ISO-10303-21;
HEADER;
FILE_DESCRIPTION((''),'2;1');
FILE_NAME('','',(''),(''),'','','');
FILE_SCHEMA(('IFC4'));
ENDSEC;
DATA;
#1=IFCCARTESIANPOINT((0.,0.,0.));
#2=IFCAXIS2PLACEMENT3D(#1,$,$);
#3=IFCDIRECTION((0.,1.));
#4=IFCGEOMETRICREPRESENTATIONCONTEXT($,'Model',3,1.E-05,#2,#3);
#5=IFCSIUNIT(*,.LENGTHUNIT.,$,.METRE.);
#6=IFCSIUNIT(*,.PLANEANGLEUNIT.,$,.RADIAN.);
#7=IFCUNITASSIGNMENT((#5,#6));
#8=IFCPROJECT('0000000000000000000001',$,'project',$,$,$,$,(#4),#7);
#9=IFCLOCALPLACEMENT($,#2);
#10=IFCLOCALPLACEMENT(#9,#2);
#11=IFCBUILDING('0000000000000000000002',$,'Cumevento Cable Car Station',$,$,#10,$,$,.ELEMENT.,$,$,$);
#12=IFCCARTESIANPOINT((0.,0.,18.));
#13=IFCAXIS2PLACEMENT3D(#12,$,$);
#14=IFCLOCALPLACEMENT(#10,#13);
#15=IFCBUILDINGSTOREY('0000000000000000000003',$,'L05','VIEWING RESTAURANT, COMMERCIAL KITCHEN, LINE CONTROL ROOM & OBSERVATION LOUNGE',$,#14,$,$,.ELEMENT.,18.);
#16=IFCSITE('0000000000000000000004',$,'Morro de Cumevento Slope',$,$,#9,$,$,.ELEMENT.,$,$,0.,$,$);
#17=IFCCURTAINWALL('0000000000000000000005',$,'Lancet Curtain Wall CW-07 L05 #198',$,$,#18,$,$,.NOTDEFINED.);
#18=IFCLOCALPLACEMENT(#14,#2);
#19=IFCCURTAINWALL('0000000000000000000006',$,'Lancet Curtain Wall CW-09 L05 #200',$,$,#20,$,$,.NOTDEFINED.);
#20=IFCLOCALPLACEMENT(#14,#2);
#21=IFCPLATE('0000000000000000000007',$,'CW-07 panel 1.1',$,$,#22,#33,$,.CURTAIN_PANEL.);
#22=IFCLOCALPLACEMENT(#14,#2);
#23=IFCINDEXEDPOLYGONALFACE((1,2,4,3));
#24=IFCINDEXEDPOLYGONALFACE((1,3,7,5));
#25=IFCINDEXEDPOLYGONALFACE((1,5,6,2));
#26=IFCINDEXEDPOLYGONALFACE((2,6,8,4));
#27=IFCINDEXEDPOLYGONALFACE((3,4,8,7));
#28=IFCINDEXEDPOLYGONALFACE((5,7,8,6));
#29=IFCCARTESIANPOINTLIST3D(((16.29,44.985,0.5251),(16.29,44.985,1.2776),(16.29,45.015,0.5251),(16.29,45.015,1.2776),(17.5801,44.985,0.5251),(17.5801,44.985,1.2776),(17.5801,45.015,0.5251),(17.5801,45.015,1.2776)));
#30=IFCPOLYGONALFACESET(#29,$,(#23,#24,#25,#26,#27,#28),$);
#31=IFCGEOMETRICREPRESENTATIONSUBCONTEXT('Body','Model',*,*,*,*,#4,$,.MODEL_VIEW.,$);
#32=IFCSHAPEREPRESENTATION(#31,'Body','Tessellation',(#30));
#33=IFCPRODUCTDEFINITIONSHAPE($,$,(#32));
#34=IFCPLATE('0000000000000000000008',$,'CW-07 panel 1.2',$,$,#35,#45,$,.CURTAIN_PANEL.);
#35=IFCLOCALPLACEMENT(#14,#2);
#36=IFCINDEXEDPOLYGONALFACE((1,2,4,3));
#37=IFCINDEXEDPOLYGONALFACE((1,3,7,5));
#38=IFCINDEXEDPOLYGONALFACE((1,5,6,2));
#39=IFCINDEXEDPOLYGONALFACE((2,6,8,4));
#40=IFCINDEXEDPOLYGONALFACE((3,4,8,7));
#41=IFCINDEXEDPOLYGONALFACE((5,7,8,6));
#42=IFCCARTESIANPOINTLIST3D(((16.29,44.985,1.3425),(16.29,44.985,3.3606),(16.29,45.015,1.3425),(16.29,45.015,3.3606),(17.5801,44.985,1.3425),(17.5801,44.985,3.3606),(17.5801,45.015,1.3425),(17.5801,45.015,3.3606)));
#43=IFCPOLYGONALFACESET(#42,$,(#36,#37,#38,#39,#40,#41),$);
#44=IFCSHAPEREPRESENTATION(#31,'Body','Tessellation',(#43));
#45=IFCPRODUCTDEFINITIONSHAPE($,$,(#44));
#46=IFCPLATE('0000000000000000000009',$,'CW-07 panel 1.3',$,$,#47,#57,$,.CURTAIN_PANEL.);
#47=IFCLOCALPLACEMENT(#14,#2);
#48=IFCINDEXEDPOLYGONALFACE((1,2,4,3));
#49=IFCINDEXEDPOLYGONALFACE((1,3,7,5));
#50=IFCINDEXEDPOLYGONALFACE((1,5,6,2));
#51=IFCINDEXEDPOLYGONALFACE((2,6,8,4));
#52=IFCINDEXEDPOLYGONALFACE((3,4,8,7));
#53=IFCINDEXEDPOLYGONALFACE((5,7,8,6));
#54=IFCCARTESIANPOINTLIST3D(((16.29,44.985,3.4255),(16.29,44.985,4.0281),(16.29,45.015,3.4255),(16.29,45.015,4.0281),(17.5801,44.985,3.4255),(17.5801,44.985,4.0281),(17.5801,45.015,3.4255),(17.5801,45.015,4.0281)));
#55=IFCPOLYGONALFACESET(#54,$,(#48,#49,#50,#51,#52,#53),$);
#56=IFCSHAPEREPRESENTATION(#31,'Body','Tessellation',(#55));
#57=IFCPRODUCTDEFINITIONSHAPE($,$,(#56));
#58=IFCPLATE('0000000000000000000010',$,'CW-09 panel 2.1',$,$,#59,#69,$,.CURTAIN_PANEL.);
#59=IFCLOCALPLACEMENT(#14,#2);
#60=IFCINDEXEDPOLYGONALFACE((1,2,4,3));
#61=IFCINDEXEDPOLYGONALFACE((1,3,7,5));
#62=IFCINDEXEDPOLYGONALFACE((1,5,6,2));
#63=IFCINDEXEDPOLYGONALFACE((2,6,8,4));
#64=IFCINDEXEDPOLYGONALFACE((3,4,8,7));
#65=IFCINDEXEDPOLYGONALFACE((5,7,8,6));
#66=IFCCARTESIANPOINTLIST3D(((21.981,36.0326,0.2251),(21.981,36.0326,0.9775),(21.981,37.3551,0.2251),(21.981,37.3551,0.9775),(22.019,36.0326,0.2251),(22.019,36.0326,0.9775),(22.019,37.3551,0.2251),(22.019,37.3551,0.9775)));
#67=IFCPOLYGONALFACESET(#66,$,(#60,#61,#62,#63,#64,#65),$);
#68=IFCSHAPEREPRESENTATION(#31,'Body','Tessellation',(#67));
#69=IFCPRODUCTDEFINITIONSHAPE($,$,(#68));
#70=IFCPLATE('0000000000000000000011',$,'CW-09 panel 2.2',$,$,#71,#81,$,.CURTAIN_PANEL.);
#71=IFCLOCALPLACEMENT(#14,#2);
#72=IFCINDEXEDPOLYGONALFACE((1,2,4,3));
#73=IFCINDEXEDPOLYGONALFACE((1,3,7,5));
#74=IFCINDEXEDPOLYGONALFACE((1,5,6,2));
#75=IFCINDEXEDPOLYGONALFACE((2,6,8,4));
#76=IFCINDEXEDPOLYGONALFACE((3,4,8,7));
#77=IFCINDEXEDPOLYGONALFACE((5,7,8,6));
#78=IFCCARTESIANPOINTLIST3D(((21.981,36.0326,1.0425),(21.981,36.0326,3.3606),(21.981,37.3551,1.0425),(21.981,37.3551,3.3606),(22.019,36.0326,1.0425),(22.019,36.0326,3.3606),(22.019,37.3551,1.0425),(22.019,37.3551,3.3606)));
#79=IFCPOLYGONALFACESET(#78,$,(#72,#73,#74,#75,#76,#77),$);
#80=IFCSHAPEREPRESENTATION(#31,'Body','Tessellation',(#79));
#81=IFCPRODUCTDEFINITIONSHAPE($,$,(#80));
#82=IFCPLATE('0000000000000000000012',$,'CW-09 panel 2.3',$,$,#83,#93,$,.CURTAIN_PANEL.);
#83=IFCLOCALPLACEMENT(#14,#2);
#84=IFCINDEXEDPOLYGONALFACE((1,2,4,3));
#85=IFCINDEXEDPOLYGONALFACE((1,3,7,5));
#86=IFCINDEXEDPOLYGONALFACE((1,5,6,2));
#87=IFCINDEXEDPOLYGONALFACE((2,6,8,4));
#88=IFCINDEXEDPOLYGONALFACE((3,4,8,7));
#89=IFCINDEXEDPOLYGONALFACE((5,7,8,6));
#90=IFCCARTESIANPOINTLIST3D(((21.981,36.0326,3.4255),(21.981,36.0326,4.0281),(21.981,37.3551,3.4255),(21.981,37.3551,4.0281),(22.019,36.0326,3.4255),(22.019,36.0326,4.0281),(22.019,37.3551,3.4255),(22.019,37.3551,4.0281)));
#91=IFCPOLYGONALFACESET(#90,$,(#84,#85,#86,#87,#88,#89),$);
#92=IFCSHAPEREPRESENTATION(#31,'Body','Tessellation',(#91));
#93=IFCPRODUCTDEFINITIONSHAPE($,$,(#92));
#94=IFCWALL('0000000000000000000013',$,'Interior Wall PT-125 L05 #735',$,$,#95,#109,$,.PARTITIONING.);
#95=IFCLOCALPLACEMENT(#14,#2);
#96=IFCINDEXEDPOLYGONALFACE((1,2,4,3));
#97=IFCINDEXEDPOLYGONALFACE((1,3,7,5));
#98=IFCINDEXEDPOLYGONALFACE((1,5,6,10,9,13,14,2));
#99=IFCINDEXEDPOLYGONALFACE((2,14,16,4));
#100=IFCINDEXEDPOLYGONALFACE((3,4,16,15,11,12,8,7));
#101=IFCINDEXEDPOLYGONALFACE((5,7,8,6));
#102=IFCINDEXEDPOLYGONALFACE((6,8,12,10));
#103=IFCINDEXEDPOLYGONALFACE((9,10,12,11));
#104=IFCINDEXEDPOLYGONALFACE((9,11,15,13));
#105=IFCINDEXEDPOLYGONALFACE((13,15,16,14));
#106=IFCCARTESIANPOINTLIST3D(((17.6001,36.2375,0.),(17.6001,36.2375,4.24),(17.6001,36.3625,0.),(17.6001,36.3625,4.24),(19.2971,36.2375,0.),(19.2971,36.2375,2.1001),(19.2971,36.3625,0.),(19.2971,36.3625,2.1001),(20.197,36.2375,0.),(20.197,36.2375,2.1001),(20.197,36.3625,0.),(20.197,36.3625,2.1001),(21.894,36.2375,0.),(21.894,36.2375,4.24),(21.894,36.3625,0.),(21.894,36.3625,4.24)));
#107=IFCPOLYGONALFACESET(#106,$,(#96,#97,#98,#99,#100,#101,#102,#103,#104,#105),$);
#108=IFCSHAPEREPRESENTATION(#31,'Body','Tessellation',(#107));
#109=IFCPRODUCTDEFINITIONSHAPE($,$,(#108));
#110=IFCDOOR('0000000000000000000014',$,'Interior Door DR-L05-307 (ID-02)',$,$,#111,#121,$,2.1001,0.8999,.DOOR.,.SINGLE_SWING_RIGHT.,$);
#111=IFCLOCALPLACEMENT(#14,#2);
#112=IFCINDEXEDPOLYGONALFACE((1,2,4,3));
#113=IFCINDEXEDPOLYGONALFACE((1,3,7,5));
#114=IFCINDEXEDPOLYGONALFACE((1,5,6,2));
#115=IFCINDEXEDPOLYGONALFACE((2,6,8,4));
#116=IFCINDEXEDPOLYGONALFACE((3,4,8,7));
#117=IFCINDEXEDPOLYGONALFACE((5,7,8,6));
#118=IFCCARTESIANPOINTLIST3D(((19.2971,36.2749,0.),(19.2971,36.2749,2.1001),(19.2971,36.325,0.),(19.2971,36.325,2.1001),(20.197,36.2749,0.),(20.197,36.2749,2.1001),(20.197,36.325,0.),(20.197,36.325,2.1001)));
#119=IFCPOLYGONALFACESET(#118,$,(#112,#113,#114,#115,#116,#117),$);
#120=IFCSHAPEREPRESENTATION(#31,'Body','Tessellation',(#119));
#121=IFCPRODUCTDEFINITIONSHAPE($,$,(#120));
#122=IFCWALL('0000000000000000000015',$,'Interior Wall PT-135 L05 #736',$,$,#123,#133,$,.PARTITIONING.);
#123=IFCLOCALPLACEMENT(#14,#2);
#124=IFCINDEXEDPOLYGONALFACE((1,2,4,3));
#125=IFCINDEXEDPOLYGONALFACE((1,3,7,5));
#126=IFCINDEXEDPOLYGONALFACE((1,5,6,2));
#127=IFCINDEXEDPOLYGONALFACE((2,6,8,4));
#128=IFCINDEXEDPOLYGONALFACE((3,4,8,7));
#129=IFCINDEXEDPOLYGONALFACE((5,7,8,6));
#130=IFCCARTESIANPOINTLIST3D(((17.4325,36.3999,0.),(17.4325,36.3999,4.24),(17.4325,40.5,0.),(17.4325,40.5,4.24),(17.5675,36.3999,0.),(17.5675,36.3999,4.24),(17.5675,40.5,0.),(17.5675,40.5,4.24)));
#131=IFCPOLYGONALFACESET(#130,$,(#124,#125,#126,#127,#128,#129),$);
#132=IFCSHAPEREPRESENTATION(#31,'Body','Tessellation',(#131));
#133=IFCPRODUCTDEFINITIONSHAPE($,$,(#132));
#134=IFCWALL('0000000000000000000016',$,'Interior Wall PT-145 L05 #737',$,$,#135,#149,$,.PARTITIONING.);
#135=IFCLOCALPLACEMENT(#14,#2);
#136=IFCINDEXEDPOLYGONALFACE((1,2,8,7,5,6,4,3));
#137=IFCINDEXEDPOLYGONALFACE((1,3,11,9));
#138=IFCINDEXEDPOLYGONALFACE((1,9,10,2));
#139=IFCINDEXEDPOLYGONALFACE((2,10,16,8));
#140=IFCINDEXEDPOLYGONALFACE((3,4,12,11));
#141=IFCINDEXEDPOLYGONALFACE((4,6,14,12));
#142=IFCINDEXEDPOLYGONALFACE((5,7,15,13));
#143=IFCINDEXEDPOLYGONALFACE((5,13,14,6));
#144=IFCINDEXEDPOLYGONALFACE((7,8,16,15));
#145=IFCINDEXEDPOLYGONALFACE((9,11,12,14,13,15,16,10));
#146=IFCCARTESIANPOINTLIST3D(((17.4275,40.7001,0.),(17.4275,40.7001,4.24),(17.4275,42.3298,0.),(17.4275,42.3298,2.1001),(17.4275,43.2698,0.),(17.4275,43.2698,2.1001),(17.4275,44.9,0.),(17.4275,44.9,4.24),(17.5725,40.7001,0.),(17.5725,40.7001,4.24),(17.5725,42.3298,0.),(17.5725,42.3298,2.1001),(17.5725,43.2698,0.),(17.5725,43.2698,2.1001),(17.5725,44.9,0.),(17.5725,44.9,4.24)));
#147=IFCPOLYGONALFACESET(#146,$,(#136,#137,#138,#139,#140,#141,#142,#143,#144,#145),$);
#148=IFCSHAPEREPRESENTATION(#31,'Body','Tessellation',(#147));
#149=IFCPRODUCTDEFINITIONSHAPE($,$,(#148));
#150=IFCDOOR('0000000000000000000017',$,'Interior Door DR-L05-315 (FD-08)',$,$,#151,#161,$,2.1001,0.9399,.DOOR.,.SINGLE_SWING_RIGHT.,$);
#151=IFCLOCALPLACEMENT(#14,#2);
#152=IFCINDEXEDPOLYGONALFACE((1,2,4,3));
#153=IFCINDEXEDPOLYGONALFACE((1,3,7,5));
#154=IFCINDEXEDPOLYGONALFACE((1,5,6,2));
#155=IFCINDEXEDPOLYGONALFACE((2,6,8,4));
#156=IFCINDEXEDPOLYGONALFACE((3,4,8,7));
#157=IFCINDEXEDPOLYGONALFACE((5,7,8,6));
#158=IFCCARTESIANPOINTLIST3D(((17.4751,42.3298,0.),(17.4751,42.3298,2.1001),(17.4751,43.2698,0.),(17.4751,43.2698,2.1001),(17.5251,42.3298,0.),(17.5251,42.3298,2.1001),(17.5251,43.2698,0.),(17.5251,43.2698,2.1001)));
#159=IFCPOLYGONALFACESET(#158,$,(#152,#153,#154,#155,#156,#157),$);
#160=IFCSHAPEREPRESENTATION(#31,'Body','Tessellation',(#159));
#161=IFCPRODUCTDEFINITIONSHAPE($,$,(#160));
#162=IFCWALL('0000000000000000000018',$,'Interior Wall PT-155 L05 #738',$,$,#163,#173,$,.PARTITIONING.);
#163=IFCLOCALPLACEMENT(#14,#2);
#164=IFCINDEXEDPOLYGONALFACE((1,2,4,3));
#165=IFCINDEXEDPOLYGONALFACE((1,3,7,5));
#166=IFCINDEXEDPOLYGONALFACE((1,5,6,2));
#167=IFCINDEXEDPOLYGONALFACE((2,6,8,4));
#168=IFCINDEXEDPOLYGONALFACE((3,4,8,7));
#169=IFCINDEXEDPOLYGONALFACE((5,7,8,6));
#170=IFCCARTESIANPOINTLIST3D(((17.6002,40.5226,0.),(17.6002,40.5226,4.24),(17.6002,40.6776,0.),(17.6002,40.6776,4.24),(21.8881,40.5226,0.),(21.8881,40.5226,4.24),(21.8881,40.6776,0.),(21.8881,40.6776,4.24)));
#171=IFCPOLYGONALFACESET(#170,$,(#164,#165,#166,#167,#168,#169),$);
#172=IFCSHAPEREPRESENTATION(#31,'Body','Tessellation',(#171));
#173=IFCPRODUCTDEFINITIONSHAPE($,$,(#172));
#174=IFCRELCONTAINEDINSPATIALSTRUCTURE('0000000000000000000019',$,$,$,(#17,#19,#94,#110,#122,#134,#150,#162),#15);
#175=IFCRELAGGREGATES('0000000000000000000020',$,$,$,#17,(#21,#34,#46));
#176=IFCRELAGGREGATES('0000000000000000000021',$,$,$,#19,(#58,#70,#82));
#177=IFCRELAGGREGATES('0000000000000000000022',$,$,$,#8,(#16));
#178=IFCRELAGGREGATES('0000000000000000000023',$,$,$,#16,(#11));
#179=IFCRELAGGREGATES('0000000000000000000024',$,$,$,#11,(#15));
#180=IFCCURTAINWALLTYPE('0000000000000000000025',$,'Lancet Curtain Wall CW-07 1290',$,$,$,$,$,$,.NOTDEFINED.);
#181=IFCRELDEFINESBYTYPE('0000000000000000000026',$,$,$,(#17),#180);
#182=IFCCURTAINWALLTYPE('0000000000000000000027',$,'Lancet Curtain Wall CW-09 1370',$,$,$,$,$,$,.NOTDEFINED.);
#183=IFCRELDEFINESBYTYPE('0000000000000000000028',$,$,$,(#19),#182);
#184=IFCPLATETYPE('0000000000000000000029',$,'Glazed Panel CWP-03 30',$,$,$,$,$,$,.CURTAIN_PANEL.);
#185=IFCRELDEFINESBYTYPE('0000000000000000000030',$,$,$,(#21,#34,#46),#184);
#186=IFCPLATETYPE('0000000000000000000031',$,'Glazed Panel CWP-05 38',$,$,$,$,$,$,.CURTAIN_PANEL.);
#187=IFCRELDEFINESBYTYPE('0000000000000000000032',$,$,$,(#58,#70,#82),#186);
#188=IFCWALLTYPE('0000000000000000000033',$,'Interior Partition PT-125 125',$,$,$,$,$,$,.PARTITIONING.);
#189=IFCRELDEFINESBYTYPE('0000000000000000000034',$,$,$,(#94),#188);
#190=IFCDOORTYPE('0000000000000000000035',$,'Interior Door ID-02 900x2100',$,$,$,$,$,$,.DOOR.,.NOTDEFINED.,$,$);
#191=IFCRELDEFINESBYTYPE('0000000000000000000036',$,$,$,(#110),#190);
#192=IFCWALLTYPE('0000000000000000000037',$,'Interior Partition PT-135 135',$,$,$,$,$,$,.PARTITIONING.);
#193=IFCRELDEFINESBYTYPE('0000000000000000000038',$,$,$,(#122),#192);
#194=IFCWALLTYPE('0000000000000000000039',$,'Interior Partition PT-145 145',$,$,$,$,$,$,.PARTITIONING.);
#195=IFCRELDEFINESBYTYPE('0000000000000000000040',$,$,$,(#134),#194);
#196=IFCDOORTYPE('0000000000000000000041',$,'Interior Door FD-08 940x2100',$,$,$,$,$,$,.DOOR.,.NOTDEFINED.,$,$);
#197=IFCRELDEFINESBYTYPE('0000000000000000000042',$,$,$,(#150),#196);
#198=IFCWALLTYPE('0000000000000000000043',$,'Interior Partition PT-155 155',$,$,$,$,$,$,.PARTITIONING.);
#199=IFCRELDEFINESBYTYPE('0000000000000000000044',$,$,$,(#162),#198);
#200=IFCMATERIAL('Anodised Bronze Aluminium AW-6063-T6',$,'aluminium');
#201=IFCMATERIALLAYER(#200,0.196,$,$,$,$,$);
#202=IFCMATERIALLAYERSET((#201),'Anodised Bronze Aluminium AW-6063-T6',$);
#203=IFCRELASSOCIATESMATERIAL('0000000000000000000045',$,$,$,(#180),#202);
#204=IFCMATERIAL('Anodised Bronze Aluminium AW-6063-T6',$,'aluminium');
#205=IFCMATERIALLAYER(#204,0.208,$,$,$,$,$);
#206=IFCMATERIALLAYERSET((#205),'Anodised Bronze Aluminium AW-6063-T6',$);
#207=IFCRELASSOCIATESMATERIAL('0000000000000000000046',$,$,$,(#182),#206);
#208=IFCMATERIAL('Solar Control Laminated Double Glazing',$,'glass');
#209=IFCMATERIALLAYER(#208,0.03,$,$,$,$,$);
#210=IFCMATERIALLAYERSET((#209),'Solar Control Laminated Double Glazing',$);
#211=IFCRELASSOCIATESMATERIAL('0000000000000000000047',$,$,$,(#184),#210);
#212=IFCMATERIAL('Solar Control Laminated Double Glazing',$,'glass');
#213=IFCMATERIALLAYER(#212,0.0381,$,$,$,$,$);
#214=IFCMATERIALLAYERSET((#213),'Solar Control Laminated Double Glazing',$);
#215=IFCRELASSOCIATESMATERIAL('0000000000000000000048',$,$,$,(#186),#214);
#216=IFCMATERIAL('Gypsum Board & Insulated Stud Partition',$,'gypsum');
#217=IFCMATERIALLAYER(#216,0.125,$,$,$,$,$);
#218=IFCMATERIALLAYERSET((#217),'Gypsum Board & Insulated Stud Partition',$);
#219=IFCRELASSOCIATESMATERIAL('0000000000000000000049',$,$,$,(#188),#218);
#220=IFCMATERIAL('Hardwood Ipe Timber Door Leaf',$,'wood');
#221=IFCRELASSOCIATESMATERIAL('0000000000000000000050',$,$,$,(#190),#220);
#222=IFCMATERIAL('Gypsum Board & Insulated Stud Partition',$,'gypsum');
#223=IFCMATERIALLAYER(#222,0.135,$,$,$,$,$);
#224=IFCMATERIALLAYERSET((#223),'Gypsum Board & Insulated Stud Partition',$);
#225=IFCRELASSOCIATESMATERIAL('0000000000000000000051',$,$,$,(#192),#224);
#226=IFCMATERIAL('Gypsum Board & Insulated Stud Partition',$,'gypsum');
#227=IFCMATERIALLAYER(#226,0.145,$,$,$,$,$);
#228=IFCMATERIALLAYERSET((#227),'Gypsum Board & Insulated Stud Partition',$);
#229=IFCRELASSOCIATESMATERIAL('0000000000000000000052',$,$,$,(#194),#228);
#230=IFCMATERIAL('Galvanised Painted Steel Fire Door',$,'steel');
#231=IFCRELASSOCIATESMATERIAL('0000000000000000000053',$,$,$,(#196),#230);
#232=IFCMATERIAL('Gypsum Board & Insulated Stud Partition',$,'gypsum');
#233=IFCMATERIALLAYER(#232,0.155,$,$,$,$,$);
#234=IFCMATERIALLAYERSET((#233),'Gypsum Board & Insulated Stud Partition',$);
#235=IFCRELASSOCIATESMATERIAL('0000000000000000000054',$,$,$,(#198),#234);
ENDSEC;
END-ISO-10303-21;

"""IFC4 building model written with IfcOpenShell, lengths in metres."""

from ifc_helpers import new_model, si_unit, direction, frame, frame_2d, origin, origin_2d, place, context, subcontext, project, spatial, rectangle, extrude, material, layer, layer_set, type_object, element, fill, aggregate, save


model = new_model("IFC4")

# Units and contexts
model_context = context("Model", 3, precision=1e-05, world=origin(), true_north=direction((0.0, 1.0)))
body_context = subcontext(model_context, "Body", "Model", "MODEL_VIEW")
ifc_project = project(units=[si_unit("LENGTHUNIT", "METRE"), si_unit("PLANEANGLEUNIT", "RADIAN")], contexts=[model_context])

# Site, building, storey
site_placement = place(None, origin())
site = spatial("IfcSite", under=ifc_project, at=site_placement, Name="Morro de Cumevento Slope", CompositionType="ELEMENT", RefElevation=0.0)
building_placement = place(site_placement, origin())
building = spatial("IfcBuilding", under=site, at=building_placement, Name="Cumevento Cable Car Station", CompositionType="ELEMENT")
storey_placement = place(building_placement, frame((0.0, 0.0, 18.0)))
storey = spatial("IfcBuildingStorey", under=building, at=storey_placement, Name="L05", Description="VIEWING RESTAURANT, COMMERCIAL KITCHEN, LINE CONTROL ROOM & OBSERVATION LOUNGE", CompositionType="ELEMENT", Elevation=18.0)

# Curtain walls
ifc_material_1 = material(Name="Anodised Bronze Aluminium AW-6063-T6", Category="aluminium")
ifc_layer_1 = layer(ifc_material_1, 0.196)
ifc_layer_set_1 = layer_set([ifc_layer_1], Name="Anodised Bronze Aluminium AW-6063-T6")
curtain_wall_type_1 = type_object("IfcCurtainWallType", Name="Lancet Curtain Wall CW-07 1290", PredefinedType="NOTDEFINED", material=ifc_layer_set_1)
curtain_wall_1_placement = place(storey_placement, origin())
curtain_wall_1 = element("IfcCurtainWall", 1, at=curtain_wall_1_placement, inside=storey, type_object=curtain_wall_type_1, Name="Lancet Curtain Wall CW-07 L05 #198", PredefinedType="NOTDEFINED")
ifc_material_2 = material(Name="Anodised Bronze Aluminium AW-6063-T6", Category="aluminium")
ifc_layer_2 = layer(ifc_material_2, 0.208)
ifc_layer_set_2 = layer_set([ifc_layer_2], Name="Anodised Bronze Aluminium AW-6063-T6")
curtain_wall_type_2 = type_object("IfcCurtainWallType", Name="Lancet Curtain Wall CW-09 1370", PredefinedType="NOTDEFINED", material=ifc_layer_set_2)
curtain_wall_2_placement = place(storey_placement, origin())
curtain_wall_2 = element("IfcCurtainWall", 2, at=curtain_wall_2_placement, inside=storey, type_object=curtain_wall_type_2, Name="Lancet Curtain Wall CW-09 L05 #200", PredefinedType="NOTDEFINED")

# Plates
ifc_material_3 = material(Name="Solar Control Laminated Double Glazing", Category="glass")
ifc_layer_3 = layer(ifc_material_3, 0.03)
ifc_layer_set_3 = layer_set([ifc_layer_3], Name="Solar Control Laminated Double Glazing")
plate_type_1 = type_object("IfcPlateType", Name="Glazed Panel CWP-03 30", PredefinedType="CURTAIN_PANEL", material=ifc_layer_set_3)
plate_1_placement = place(storey_placement, frame((16.9351, 45.0, 0.5251), z_axis=(0.0, 0.0, 1.0), x_axis=(1.0, 0.0, 0.0)))
plate_1 = element("IfcPlate", 3, at=plate_1_placement, type_object=plate_type_1, Name="CW-07 panel 1.1", PredefinedType="CURTAIN_PANEL", context=body_context, shape_type="SweptSolid", body=[
    extrude(rectangle(XDim=1.29, YDim=0.03, at=origin_2d()), origin(), (0.0, 0.0, 1.0), 0.7524),
])
plate_2_placement = place(storey_placement, frame((16.9351, 45.0, 1.3425), z_axis=(0.0, 0.0, 1.0), x_axis=(1.0, 0.0, 0.0)))
plate_2 = element("IfcPlate", 4, at=plate_2_placement, type_object=plate_type_1, Name="CW-07 panel 1.2", PredefinedType="CURTAIN_PANEL", context=body_context, shape_type="SweptSolid", body=[
    extrude(rectangle(XDim=1.29, YDim=0.03, at=origin_2d()), origin(), (0.0, 0.0, 1.0), 2.0181),
])
plate_3_placement = place(storey_placement, frame((16.9351, 45.0, 3.4255), z_axis=(0.0, 0.0, 1.0), x_axis=(1.0, 0.0, 0.0)))
plate_3 = element("IfcPlate", 5, at=plate_3_placement, type_object=plate_type_1, Name="CW-07 panel 1.3", PredefinedType="CURTAIN_PANEL", context=body_context, shape_type="SweptSolid", body=[
    extrude(rectangle(XDim=1.29, YDim=0.03, at=origin_2d()), origin(), (0.0, 0.0, 1.0), 0.6025),
])
aggregate(curtain_wall_1, [plate_1, plate_2, plate_3])
ifc_material_4 = material(Name="Solar Control Laminated Double Glazing", Category="glass")
ifc_layer_4 = layer(ifc_material_4, 0.0381)
ifc_layer_set_4 = layer_set([ifc_layer_4], Name="Solar Control Laminated Double Glazing")
plate_type_2 = type_object("IfcPlateType", Name="Glazed Panel CWP-05 38", PredefinedType="CURTAIN_PANEL", material=ifc_layer_set_4)
plate_4_placement = place(storey_placement, frame((22.0, 36.6938, 0.2251), z_axis=(0.0, 0.0, 1.0), x_axis=(0.0, -1.0, 0.0)))
plate_4 = element("IfcPlate", 6, at=plate_4_placement, type_object=plate_type_2, Name="CW-09 panel 2.1", PredefinedType="CURTAIN_PANEL", context=body_context, shape_type="SweptSolid", body=[
    extrude(rectangle(XDim=1.3225, YDim=0.0381, at=origin_2d()), origin(), (0.0, 0.0, 1.0), 0.7524),
])
plate_5_placement = place(storey_placement, frame((22.0, 36.6938, 1.0425), z_axis=(0.0, 0.0, 1.0), x_axis=(0.0, -1.0, 0.0)))
plate_5 = element("IfcPlate", 7, at=plate_5_placement, type_object=plate_type_2, Name="CW-09 panel 2.2", PredefinedType="CURTAIN_PANEL", context=body_context, shape_type="SweptSolid", body=[
    extrude(rectangle(XDim=1.3225, YDim=0.0381, at=origin_2d()), origin(), (0.0, 0.0, 1.0), 2.3181),
])
plate_6_placement = place(storey_placement, frame((22.0, 36.6938, 3.4255), z_axis=(0.0, 0.0, 1.0), x_axis=(0.0, -1.0, 0.0)))
plate_6 = element("IfcPlate", 8, at=plate_6_placement, type_object=plate_type_2, Name="CW-09 panel 2.3", PredefinedType="CURTAIN_PANEL", context=body_context, shape_type="SweptSolid", body=[
    extrude(rectangle(XDim=1.3225, YDim=0.0381, at=origin_2d()), origin(), (0.0, 0.0, 1.0), 0.6025),
])
aggregate(curtain_wall_2, [plate_4, plate_5, plate_6])

# Wall, opening, door
ifc_material_5 = material(Name="Gypsum Board & Insulated Stud Partition", Category="gypsum")
ifc_layer_5 = layer(ifc_material_5, 0.125)
ifc_layer_set_5 = layer_set([ifc_layer_5], Name="Gypsum Board & Insulated Stud Partition")
wall_type_1 = type_object("IfcWallType", Name="Interior Partition PT-125 125", PredefinedType="PARTITIONING", material=ifc_layer_set_5)
wall_1_placement = place(storey_placement, frame((17.6001, 36.3, 0.0), z_axis=(0.0, 0.0, 1.0), x_axis=(1.0, 0.0, 0.0)))
wall_1 = element("IfcWall", 9, at=wall_1_placement, inside=storey, type_object=wall_type_1, Name="Interior Wall PT-125 L05 #735", PredefinedType="PARTITIONING", context=body_context, shape_type="SweptSolid", body=[
    extrude(rectangle(XDim=4.2939, YDim=0.125, at=frame_2d((2.147, 0.0))), origin(), (0.0, 0.0, 1.0), 4.24),
])
opening_1_placement = place(wall_1_placement, frame((1.697, 0.0, 0.0)))
opening_1 = element("IfcOpeningElement", 10, at=opening_1_placement, cuts=wall_1, PredefinedType="OPENING", context=body_context, shape_type="SweptSolid", body=[
    extrude(rectangle(XDim=0.8999, YDim=2.1001, at=frame_2d((0.45, 1.05))), frame((0.0, 0.0725, 0.0), z_axis=(0.0, -1.0, 0.0), x_axis=(1.0, 0.0, 0.0)), (0.0, 0.0, 1.0), 0.145),
])
ifc_material_6 = material(Name="Hardwood Ipe Timber Door Leaf", Category="wood")
door_type_1 = type_object("IfcDoorType", Name="Interior Door ID-02 900x2100", OperationType="NOTDEFINED", PredefinedType="DOOR", material=ifc_material_6)
door_1_placement = place(opening_1_placement, origin())
door_1 = element("IfcDoor", 11, at=door_1_placement, inside=storey, type_object=door_type_1, Name="Interior Door DR-L05-307 (ID-02)", OperationType="SINGLE_SWING_RIGHT", OverallHeight=2.1001, OverallWidth=0.8999, PredefinedType="DOOR", context=body_context, shape_type="SweptSolid", body=[
    extrude(rectangle(XDim=0.8999, YDim=2.1001, at=frame_2d((0.45, 1.05))), frame((0.0, 0.0249, 0.0), z_axis=(0.0, -1.0, 0.0), x_axis=(1.0, 0.0, 0.0)), (0.0, 0.0, 1.0), 0.05),
])
fill(opening_1, door_1)

# Wall
ifc_material_7 = material(Name="Gypsum Board & Insulated Stud Partition", Category="gypsum")
ifc_layer_6 = layer(ifc_material_7, 0.135)
ifc_layer_set_6 = layer_set([ifc_layer_6], Name="Gypsum Board & Insulated Stud Partition")
wall_type_2 = type_object("IfcWallType", Name="Interior Partition PT-135 135", PredefinedType="PARTITIONING", material=ifc_layer_set_6)
wall_2_placement = place(storey_placement, frame((17.5, 36.3999, 0.0), z_axis=(0.0, 0.0, 1.0), x_axis=(0.0, 1.0, 0.0)))
element("IfcWall", 12, at=wall_2_placement, inside=storey, type_object=wall_type_2, Name="Interior Wall PT-135 L05 #736", PredefinedType="PARTITIONING", context=body_context, shape_type="SweptSolid", body=[
    extrude(rectangle(XDim=4.1001, YDim=0.135, at=frame_2d((2.05, 0.0))), origin(), (0.0, 0.0, 1.0), 4.24),
])

# Wall, opening, door
ifc_material_8 = material(Name="Gypsum Board & Insulated Stud Partition", Category="gypsum")
ifc_layer_7 = layer(ifc_material_8, 0.145)
ifc_layer_set_7 = layer_set([ifc_layer_7], Name="Gypsum Board & Insulated Stud Partition")
wall_type_3 = type_object("IfcWallType", Name="Interior Partition PT-145 145", PredefinedType="PARTITIONING", material=ifc_layer_set_7)
wall_3_placement = place(storey_placement, frame((17.5, 40.7, 0.0), z_axis=(0.0, 0.0, 1.0), x_axis=(0.0, 1.0, 0.0)))
wall_3 = element("IfcWall", 13, at=wall_3_placement, inside=storey, type_object=wall_type_3, Name="Interior Wall PT-145 L05 #737", PredefinedType="PARTITIONING", context=body_context, shape_type="SweptSolid", body=[
    extrude(rectangle(XDim=4.2, YDim=0.145, at=frame_2d((2.1001, 0.0))), origin(), (0.0, 0.0, 1.0), 4.24),
])
opening_2_placement = place(wall_3_placement, frame((1.6299, 0.0, 0.0)))
opening_2 = element("IfcOpeningElement", 14, at=opening_2_placement, cuts=wall_3, PredefinedType="OPENING", context=body_context, shape_type="SweptSolid", body=[
    extrude(rectangle(XDim=0.9399, YDim=2.1001, at=frame_2d((0.47, 1.05))), frame((0.0, 0.0825, 0.0), z_axis=(0.0, -1.0, 0.0), x_axis=(1.0, 0.0, 0.0)), (0.0, 0.0, 1.0), 0.165),
])
ifc_material_9 = material(Name="Galvanised Painted Steel Fire Door", Category="steel")
door_type_2 = type_object("IfcDoorType", Name="Interior Door FD-08 940x2100", OperationType="NOTDEFINED", PredefinedType="DOOR", material=ifc_material_9)
door_2_placement = place(opening_2_placement, origin())
door_2 = element("IfcDoor", 15, at=door_2_placement, inside=storey, type_object=door_type_2, Name="Interior Door DR-L05-315 (FD-08)", OperationType="SINGLE_SWING_RIGHT", OverallHeight=2.1001, OverallWidth=0.9399, PredefinedType="DOOR", context=body_context, shape_type="SweptSolid", body=[
    extrude(rectangle(XDim=0.9399, YDim=2.1001, at=frame_2d((0.47, 1.05))), frame((0.0, 0.0249, 0.0), z_axis=(0.0, -1.0, 0.0), x_axis=(1.0, 0.0, 0.0)), (0.0, 0.0, 1.0), 0.05),
])
fill(opening_2, door_2)

# Wall
ifc_material_10 = material(Name="Gypsum Board & Insulated Stud Partition", Category="gypsum")
ifc_layer_8 = layer(ifc_material_10, 0.155)
ifc_layer_set_8 = layer_set([ifc_layer_8], Name="Gypsum Board & Insulated Stud Partition")
wall_type_4 = type_object("IfcWallType", Name="Interior Partition PT-155 155", PredefinedType="PARTITIONING", material=ifc_layer_set_8)
wall_4_placement = place(storey_placement, frame((17.6001, 40.6001, 0.0), z_axis=(0.0, 0.0, 1.0), x_axis=(1.0, 0.0, 0.0)))
element("IfcWall", 16, at=wall_4_placement, inside=storey, type_object=wall_type_4, Name="Interior Wall PT-155 L05 #738", PredefinedType="PARTITIONING", context=body_context, shape_type="SweptSolid", body=[
    extrude(rectangle(XDim=4.2878, YDim=0.155, at=frame_2d((2.144, 0.0))), origin(), (0.0, 0.0, 1.0), 4.24),
])

save(model, "model.ifc")
